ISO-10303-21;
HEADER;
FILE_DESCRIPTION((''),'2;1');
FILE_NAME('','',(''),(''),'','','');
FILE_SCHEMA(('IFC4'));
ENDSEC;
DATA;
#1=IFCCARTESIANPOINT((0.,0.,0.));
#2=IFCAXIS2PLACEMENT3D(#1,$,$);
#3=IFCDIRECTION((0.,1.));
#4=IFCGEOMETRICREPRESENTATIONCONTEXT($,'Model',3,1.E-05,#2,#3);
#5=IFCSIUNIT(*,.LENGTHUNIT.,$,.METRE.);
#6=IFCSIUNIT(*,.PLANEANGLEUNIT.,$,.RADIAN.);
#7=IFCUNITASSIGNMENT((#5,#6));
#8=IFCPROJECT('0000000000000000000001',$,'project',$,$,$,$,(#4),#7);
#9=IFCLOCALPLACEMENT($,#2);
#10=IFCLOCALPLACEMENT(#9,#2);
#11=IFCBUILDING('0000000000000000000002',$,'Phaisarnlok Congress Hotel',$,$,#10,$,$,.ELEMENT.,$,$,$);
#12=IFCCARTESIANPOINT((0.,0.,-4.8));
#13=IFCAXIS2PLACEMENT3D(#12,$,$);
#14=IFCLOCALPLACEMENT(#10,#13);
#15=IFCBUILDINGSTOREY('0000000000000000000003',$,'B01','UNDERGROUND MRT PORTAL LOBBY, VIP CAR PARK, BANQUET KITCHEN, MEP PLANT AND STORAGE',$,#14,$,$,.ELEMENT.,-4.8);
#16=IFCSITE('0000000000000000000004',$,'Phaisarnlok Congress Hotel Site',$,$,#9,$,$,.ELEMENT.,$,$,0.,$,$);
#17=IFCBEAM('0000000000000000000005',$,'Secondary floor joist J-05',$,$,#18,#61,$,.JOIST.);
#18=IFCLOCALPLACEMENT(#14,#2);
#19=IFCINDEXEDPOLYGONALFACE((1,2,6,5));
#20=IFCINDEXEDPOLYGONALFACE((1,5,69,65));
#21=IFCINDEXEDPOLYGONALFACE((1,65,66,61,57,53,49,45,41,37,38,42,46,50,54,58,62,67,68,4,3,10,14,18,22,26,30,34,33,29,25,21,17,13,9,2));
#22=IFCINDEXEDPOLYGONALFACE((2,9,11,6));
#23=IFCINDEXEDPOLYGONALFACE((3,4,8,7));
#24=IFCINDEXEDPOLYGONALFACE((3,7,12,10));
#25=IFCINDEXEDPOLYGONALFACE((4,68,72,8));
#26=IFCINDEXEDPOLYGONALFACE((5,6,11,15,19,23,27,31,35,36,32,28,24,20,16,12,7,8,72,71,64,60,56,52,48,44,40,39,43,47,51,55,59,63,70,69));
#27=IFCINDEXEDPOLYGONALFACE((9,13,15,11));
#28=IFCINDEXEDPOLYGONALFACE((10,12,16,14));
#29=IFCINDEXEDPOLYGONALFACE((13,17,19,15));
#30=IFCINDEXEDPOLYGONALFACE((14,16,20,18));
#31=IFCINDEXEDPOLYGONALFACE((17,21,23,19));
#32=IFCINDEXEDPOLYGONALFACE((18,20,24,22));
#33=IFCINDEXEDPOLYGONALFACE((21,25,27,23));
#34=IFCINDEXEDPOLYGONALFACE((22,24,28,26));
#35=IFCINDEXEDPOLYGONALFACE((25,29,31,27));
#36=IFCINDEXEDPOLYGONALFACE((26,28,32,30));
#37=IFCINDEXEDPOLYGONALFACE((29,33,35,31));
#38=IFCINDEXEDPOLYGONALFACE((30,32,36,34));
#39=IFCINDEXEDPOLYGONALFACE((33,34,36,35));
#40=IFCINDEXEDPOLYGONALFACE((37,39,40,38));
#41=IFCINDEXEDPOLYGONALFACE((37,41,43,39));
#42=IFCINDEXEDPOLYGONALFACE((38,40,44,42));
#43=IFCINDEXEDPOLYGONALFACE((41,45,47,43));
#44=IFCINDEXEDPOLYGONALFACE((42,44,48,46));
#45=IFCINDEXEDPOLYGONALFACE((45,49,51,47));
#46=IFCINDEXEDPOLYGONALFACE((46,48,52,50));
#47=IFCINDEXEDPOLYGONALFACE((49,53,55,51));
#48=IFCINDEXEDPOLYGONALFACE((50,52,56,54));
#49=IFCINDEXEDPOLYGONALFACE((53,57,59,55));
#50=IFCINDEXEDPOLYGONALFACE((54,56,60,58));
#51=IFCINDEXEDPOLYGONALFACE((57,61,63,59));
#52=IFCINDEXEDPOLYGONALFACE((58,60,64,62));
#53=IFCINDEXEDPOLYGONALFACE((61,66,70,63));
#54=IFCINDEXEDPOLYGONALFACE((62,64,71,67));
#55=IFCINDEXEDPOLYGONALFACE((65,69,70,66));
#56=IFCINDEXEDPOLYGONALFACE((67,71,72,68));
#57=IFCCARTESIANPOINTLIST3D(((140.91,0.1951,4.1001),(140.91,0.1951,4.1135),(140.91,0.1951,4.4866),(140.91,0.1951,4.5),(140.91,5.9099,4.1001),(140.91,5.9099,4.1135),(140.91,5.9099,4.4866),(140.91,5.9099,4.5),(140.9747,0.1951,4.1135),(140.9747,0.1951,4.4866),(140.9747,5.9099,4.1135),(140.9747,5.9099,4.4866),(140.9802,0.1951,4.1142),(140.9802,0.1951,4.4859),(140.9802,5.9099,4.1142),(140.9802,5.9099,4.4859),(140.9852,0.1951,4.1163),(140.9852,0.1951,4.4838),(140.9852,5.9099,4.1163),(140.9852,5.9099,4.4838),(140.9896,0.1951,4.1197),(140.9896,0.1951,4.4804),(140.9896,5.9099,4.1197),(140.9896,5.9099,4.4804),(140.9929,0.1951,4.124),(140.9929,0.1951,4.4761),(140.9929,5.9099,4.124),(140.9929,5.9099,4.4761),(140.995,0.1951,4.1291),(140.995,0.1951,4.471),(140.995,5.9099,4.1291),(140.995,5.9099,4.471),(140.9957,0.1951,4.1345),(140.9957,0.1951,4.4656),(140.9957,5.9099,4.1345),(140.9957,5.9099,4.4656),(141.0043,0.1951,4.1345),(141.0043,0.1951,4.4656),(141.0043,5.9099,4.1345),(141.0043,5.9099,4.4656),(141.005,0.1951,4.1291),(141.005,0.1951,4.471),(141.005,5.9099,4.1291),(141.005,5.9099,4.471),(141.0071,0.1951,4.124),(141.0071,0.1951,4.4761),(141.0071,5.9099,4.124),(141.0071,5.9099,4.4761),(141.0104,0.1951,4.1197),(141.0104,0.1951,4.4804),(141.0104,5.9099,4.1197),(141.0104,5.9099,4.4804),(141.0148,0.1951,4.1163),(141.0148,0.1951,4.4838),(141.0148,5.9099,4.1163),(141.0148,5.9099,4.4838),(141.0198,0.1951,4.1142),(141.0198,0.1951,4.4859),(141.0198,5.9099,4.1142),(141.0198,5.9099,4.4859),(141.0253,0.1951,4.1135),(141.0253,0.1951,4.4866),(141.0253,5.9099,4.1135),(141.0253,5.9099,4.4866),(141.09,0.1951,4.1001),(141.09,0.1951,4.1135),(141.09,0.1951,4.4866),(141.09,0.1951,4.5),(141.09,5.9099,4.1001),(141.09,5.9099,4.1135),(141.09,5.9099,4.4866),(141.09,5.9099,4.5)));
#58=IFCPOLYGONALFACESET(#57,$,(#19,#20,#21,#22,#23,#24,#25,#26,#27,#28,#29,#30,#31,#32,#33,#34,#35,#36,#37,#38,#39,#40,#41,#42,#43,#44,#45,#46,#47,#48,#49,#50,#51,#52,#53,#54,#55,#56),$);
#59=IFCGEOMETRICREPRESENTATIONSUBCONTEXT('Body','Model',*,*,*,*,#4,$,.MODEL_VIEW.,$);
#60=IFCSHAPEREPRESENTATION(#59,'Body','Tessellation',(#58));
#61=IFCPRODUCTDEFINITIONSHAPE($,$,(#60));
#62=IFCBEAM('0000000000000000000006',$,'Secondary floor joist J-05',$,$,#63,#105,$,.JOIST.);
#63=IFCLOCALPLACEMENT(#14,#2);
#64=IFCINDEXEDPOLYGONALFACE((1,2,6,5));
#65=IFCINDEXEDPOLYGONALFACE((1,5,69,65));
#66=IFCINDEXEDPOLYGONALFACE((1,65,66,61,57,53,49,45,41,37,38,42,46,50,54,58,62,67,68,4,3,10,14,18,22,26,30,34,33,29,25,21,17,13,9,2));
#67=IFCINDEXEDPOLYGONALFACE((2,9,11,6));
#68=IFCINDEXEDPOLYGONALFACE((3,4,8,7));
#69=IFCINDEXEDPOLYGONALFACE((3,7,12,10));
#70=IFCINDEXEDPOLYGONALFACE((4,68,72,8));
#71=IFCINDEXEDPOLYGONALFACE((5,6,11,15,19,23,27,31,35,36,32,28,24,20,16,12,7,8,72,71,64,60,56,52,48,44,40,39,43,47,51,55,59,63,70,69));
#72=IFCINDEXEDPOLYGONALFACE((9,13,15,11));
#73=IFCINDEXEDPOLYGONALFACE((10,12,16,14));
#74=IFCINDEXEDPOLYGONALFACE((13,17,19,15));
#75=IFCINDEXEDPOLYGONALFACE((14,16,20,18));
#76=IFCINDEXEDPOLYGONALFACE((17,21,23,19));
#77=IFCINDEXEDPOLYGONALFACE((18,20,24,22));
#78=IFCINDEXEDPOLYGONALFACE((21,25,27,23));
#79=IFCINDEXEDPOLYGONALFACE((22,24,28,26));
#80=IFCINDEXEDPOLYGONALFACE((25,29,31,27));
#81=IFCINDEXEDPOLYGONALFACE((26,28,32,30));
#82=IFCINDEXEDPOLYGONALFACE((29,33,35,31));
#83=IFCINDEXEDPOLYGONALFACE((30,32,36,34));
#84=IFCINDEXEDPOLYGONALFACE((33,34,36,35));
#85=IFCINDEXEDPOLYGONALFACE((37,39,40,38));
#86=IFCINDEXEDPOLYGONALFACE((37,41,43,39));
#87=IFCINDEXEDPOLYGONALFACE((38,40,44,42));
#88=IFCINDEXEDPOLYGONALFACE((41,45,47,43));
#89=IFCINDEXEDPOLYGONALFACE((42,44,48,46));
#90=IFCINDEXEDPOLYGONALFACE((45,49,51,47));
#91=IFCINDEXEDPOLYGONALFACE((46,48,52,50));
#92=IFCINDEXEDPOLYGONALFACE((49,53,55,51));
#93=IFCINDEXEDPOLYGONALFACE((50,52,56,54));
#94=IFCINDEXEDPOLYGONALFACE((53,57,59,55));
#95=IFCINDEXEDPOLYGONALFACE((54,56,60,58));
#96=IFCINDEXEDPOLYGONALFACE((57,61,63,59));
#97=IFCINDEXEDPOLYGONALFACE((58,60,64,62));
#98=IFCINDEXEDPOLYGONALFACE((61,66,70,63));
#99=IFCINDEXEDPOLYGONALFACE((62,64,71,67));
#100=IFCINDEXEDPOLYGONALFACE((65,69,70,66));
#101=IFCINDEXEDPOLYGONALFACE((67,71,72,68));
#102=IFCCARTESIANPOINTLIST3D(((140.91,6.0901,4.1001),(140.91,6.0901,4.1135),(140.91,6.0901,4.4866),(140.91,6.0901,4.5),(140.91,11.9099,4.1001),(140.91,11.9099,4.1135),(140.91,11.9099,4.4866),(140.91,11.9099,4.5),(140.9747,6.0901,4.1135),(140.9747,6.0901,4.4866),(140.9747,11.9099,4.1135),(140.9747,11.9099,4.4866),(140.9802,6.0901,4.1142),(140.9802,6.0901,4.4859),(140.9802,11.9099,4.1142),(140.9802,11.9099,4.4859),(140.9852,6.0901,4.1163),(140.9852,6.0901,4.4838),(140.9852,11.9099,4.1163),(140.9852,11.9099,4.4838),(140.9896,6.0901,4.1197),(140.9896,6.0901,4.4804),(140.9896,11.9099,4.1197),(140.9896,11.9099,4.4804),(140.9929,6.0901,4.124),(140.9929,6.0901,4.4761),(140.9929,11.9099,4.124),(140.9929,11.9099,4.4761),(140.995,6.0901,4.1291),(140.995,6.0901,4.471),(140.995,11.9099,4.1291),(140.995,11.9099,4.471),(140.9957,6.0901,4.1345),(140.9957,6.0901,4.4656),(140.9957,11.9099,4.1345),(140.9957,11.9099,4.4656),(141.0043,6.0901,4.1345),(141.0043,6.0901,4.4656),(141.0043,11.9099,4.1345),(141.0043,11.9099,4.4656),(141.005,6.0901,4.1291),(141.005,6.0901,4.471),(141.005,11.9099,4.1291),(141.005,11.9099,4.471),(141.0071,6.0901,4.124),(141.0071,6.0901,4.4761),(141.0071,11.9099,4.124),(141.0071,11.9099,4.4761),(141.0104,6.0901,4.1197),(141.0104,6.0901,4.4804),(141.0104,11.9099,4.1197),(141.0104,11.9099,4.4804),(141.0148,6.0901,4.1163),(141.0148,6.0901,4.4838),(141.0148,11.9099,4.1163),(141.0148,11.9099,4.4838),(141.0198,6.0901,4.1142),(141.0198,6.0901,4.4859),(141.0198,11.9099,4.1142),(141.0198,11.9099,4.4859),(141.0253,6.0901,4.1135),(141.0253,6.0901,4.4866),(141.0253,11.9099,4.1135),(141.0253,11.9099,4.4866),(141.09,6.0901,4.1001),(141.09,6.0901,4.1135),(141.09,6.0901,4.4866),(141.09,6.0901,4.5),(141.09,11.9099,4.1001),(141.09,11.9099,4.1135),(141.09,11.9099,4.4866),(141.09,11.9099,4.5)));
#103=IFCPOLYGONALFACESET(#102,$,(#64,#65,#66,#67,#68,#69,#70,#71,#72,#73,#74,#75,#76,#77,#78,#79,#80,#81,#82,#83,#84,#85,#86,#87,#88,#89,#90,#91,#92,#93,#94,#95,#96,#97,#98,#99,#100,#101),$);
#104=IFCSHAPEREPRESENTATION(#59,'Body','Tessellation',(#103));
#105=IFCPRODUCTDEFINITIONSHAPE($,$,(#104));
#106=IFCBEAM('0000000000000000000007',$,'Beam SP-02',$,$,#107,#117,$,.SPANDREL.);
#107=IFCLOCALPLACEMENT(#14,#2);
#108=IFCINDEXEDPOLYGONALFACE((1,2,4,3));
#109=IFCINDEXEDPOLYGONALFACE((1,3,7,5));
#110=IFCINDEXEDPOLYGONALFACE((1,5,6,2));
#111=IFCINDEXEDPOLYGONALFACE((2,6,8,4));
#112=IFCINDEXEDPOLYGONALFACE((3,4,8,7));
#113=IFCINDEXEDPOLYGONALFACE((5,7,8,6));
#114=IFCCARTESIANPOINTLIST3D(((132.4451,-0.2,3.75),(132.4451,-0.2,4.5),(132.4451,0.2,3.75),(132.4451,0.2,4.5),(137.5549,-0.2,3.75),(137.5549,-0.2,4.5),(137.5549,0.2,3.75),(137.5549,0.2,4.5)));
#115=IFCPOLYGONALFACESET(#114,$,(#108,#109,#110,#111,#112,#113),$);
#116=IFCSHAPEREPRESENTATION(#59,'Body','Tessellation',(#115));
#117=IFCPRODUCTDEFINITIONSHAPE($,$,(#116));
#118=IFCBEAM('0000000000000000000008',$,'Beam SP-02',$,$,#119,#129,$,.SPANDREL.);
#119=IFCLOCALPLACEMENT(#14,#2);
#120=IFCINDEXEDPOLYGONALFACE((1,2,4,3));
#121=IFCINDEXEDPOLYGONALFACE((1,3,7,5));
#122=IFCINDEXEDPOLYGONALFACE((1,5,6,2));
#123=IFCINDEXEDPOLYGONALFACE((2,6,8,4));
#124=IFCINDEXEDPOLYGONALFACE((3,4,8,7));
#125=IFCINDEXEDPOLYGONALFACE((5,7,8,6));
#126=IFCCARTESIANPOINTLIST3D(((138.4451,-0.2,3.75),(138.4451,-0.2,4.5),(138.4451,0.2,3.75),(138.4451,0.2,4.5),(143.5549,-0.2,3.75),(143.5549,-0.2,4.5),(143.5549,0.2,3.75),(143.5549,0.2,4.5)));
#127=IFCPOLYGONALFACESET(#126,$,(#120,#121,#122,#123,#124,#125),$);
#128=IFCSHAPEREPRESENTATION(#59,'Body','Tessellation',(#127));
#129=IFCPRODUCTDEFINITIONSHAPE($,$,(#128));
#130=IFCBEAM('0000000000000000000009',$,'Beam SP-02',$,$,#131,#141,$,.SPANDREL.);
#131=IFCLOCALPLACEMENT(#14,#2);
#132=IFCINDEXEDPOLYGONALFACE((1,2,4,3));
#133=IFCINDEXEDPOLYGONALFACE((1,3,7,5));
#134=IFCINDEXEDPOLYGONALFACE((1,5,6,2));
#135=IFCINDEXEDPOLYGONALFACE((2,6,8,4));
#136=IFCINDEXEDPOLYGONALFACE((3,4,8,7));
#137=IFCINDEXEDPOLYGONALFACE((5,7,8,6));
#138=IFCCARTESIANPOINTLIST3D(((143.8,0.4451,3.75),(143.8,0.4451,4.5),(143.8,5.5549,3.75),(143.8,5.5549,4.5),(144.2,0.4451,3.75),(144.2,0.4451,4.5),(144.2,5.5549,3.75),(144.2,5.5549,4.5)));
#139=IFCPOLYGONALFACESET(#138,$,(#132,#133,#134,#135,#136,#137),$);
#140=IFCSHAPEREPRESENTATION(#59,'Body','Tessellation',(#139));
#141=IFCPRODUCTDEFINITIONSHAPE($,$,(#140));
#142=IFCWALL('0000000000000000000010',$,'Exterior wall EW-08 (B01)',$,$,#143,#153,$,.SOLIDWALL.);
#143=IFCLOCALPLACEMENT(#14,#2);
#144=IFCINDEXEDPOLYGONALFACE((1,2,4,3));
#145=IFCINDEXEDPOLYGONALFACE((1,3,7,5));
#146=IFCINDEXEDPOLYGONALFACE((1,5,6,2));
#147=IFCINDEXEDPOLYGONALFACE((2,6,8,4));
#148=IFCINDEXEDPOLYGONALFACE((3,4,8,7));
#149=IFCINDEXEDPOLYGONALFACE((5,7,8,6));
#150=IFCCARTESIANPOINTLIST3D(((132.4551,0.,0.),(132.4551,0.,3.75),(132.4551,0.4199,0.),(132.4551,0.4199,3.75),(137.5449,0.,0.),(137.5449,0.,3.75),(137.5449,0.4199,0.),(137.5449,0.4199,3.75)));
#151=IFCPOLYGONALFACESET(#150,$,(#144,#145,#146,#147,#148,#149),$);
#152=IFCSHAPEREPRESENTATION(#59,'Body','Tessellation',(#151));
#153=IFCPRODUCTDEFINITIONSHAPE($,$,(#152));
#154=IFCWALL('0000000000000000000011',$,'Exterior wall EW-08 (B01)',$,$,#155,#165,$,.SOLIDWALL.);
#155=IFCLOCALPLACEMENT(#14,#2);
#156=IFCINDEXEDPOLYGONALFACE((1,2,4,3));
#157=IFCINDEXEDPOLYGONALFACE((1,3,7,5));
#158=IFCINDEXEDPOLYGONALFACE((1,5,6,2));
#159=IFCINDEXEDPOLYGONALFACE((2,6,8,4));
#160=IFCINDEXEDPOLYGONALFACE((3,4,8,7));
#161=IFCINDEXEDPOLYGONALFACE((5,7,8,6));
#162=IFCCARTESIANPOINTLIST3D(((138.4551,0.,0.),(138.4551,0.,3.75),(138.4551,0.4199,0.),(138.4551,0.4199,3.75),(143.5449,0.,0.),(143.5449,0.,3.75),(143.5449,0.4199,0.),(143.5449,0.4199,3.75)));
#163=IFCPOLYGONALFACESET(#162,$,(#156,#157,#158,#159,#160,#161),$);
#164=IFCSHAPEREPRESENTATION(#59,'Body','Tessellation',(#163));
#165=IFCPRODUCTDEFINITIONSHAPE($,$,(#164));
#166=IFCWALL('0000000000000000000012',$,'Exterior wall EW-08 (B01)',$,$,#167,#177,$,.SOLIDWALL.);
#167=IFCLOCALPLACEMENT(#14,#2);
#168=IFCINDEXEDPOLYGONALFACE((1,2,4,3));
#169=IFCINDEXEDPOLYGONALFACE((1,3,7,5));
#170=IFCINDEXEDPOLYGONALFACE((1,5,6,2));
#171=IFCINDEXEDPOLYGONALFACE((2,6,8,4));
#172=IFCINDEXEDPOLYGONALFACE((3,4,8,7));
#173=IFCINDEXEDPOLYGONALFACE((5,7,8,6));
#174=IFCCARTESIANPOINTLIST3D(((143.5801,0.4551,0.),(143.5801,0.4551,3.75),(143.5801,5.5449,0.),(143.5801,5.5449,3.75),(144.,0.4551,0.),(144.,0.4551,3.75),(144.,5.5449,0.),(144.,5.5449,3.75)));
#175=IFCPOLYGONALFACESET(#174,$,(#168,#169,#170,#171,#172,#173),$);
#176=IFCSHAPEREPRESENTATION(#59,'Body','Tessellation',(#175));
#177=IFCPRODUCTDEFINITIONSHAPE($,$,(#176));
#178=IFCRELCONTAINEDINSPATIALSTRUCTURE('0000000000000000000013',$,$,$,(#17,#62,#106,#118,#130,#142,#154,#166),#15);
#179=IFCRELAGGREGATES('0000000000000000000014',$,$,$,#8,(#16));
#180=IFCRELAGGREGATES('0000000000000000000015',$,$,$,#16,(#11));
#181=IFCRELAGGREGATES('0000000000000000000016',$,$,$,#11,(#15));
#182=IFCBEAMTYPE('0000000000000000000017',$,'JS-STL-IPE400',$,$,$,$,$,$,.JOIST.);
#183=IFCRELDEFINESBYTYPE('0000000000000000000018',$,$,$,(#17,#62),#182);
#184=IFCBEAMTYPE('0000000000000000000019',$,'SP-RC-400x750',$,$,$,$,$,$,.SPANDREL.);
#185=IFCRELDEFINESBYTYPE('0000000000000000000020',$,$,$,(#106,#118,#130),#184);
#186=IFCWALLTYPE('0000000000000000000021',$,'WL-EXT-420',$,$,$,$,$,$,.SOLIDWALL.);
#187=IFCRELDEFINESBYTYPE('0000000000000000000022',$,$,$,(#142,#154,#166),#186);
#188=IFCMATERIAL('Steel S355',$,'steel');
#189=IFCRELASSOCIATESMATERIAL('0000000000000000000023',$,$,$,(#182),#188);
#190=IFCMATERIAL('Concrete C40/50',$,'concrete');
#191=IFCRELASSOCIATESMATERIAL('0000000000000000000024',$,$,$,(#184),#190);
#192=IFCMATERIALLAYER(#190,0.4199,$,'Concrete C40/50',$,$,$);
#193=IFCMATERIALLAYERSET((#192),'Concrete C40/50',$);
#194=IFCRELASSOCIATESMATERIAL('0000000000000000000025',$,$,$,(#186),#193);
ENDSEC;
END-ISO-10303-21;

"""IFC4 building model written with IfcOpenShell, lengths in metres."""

from ifc_helpers import new_model, si_unit, direction, frame, frame_2d, origin, origin_2d, place, context, subcontext, project, spatial, rectangle, i_section, extrude, material, layer, layer_set, material_profile, profile_set, type_object, element, save


model = new_model("IFC4")

# Units and contexts
model_context = context("Model", 3, precision=1e-05, world=origin(), true_north=direction((0.0, 1.0)))
body_context = subcontext(model_context, "Body", "Model", "MODEL_VIEW")
ifc_project = project(units=[si_unit("LENGTHUNIT", "METRE"), si_unit("PLANEANGLEUNIT", "RADIAN")], contexts=[model_context])

# Site, building, storey
site_placement = place(None, origin())
site = spatial("IfcSite", under=ifc_project, at=site_placement, Name="Phaisarnlok Congress Hotel Site", CompositionType="ELEMENT", RefElevation=0.0)
building_placement = place(site_placement, origin())
building = spatial("IfcBuilding", under=site, at=building_placement, Name="Phaisarnlok Congress Hotel", CompositionType="ELEMENT")
storey_placement = place(building_placement, frame((0.0, 0.0, -4.8)))
storey = spatial("IfcBuildingStorey", under=building, at=storey_placement, Name="B01", Description="UNDERGROUND MRT PORTAL LOBBY, VIP CAR PARK, BANQUET KITCHEN, MEP PLANT AND STORAGE", CompositionType="ELEMENT", Elevation=-4.8)

# Shared definitions
ifc_material_1 = material(Name="Concrete C40/50", Category="concrete")

# Beams
ifc_material_2 = material(Name="Steel S355", Category="steel")
ifc_material_profile_1 = material_profile(ifc_material_2, i_section(OverallWidth=0.1799, OverallDepth=0.3999, WebThickness=0.0085, FlangeThickness=0.0134, FilletRadius=0.021, at=origin_2d()), Name="IPE 400")
ifc_profile_set_1 = profile_set([ifc_material_profile_1], Name="Steel S355")
beam_type_1 = type_object("IfcBeamType", Name="JS-STL-IPE400", PredefinedType="JOIST", material=ifc_profile_set_1)
beam_1_placement = place(storey_placement, frame((141.0, 0.1951, 4.3), z_axis=(0.0, 1.0, 0.0), x_axis=(-1.0, 0.0, 0.0)))
element("IfcBeam", 1, at=beam_1_placement, inside=storey, type_object=beam_type_1, Name="Secondary floor joist J-05", PredefinedType="JOIST", context=body_context, shape_type="SweptSolid", body=[
    extrude(i_section(OverallWidth=0.1799, OverallDepth=0.3999, WebThickness=0.0085, FlangeThickness=0.0134, FilletRadius=0.021, at=origin_2d()), origin(), (0.0, 0.0, 1.0), 5.7148),
])
beam_2_placement = place(storey_placement, frame((141.0, 6.0901, 4.3), z_axis=(0.0, 1.0, 0.0), x_axis=(-1.0, 0.0, 0.0)))
element("IfcBeam", 2, at=beam_2_placement, inside=storey, type_object=beam_type_1, Name="Secondary floor joist J-05", PredefinedType="JOIST", context=body_context, shape_type="SweptSolid", body=[
    extrude(i_section(OverallWidth=0.1799, OverallDepth=0.3999, WebThickness=0.0085, FlangeThickness=0.0134, FilletRadius=0.021, at=origin_2d()), origin(), (0.0, 0.0, 1.0), 5.8198),
])
ifc_material_profile_2 = material_profile(ifc_material_1, rectangle(XDim=0.3999, YDim=0.75, at=origin_2d()), Name="RC 400x750")
ifc_profile_set_2 = profile_set([ifc_material_profile_2], Name="Concrete C40/50")
beam_type_2 = type_object("IfcBeamType", Name="SP-RC-400x750", PredefinedType="SPANDREL", material=ifc_profile_set_2)
for number, where, z_axis, x_axis, name in (
    (3, (132.4451, 0.0, 4.125), (1.0, 0.0, 0.0), (0.0, 1.0, 0.0), "Beam SP-02"),
    (4, (138.4451, 0.0, 4.125), (1.0, 0.0, 0.0), (0.0, 1.0, 0.0), "Beam SP-02"),
    (5, (144.0, 0.4451, 4.125), (0.0, 1.0, 0.0), (-1.0, 0.0, 0.0), "Beam SP-02"),
):
    element("IfcBeam", number, at=place(storey_placement, frame(where, z_axis=z_axis, x_axis=x_axis)), inside=storey, type_object=beam_type_2, Name=name, PredefinedType="SPANDREL", context=body_context, shape_type="SweptSolid", body=[
        extrude(rectangle(XDim=0.3999, YDim=0.75, at=origin_2d()), origin(), (0.0, 0.0, 1.0), 5.1099),
    ])

# Walls
ifc_layer = layer(ifc_material_1, 0.4199, Name="Concrete C40/50")
ifc_layer_set = layer_set([ifc_layer], Name="Concrete C40/50")
wall_type = type_object("IfcWallType", Name="WL-EXT-420", PredefinedType="SOLIDWALL", material=ifc_layer_set)
for number, where, z_axis, x_axis, name in (
    (6, (132.4551, 0.21, 0.0), (0.0, 0.0, 1.0), (1.0, 0.0, 0.0), "Exterior wall EW-08 (B01)"),
    (7, (138.4551, 0.21, 0.0), (0.0, 0.0, 1.0), (1.0, 0.0, 0.0), "Exterior wall EW-08 (B01)"),
    (8, (143.79, 0.4551, 0.0), (0.0, 0.0, 1.0), (0.0, 1.0, 0.0), "Exterior wall EW-08 (B01)"),
):
    element("IfcWall", number, at=place(storey_placement, frame(where, z_axis=z_axis, x_axis=x_axis)), inside=storey, type_object=wall_type, Name=name, PredefinedType="SOLIDWALL", context=body_context, shape_type="SweptSolid", body=[
        extrude(rectangle(XDim=5.0898, YDim=0.4199, at=frame_2d((2.5449, 0.0))), origin(), (0.0, 0.0, 1.0), 3.75),
    ])

save(model, "model.ifc")
